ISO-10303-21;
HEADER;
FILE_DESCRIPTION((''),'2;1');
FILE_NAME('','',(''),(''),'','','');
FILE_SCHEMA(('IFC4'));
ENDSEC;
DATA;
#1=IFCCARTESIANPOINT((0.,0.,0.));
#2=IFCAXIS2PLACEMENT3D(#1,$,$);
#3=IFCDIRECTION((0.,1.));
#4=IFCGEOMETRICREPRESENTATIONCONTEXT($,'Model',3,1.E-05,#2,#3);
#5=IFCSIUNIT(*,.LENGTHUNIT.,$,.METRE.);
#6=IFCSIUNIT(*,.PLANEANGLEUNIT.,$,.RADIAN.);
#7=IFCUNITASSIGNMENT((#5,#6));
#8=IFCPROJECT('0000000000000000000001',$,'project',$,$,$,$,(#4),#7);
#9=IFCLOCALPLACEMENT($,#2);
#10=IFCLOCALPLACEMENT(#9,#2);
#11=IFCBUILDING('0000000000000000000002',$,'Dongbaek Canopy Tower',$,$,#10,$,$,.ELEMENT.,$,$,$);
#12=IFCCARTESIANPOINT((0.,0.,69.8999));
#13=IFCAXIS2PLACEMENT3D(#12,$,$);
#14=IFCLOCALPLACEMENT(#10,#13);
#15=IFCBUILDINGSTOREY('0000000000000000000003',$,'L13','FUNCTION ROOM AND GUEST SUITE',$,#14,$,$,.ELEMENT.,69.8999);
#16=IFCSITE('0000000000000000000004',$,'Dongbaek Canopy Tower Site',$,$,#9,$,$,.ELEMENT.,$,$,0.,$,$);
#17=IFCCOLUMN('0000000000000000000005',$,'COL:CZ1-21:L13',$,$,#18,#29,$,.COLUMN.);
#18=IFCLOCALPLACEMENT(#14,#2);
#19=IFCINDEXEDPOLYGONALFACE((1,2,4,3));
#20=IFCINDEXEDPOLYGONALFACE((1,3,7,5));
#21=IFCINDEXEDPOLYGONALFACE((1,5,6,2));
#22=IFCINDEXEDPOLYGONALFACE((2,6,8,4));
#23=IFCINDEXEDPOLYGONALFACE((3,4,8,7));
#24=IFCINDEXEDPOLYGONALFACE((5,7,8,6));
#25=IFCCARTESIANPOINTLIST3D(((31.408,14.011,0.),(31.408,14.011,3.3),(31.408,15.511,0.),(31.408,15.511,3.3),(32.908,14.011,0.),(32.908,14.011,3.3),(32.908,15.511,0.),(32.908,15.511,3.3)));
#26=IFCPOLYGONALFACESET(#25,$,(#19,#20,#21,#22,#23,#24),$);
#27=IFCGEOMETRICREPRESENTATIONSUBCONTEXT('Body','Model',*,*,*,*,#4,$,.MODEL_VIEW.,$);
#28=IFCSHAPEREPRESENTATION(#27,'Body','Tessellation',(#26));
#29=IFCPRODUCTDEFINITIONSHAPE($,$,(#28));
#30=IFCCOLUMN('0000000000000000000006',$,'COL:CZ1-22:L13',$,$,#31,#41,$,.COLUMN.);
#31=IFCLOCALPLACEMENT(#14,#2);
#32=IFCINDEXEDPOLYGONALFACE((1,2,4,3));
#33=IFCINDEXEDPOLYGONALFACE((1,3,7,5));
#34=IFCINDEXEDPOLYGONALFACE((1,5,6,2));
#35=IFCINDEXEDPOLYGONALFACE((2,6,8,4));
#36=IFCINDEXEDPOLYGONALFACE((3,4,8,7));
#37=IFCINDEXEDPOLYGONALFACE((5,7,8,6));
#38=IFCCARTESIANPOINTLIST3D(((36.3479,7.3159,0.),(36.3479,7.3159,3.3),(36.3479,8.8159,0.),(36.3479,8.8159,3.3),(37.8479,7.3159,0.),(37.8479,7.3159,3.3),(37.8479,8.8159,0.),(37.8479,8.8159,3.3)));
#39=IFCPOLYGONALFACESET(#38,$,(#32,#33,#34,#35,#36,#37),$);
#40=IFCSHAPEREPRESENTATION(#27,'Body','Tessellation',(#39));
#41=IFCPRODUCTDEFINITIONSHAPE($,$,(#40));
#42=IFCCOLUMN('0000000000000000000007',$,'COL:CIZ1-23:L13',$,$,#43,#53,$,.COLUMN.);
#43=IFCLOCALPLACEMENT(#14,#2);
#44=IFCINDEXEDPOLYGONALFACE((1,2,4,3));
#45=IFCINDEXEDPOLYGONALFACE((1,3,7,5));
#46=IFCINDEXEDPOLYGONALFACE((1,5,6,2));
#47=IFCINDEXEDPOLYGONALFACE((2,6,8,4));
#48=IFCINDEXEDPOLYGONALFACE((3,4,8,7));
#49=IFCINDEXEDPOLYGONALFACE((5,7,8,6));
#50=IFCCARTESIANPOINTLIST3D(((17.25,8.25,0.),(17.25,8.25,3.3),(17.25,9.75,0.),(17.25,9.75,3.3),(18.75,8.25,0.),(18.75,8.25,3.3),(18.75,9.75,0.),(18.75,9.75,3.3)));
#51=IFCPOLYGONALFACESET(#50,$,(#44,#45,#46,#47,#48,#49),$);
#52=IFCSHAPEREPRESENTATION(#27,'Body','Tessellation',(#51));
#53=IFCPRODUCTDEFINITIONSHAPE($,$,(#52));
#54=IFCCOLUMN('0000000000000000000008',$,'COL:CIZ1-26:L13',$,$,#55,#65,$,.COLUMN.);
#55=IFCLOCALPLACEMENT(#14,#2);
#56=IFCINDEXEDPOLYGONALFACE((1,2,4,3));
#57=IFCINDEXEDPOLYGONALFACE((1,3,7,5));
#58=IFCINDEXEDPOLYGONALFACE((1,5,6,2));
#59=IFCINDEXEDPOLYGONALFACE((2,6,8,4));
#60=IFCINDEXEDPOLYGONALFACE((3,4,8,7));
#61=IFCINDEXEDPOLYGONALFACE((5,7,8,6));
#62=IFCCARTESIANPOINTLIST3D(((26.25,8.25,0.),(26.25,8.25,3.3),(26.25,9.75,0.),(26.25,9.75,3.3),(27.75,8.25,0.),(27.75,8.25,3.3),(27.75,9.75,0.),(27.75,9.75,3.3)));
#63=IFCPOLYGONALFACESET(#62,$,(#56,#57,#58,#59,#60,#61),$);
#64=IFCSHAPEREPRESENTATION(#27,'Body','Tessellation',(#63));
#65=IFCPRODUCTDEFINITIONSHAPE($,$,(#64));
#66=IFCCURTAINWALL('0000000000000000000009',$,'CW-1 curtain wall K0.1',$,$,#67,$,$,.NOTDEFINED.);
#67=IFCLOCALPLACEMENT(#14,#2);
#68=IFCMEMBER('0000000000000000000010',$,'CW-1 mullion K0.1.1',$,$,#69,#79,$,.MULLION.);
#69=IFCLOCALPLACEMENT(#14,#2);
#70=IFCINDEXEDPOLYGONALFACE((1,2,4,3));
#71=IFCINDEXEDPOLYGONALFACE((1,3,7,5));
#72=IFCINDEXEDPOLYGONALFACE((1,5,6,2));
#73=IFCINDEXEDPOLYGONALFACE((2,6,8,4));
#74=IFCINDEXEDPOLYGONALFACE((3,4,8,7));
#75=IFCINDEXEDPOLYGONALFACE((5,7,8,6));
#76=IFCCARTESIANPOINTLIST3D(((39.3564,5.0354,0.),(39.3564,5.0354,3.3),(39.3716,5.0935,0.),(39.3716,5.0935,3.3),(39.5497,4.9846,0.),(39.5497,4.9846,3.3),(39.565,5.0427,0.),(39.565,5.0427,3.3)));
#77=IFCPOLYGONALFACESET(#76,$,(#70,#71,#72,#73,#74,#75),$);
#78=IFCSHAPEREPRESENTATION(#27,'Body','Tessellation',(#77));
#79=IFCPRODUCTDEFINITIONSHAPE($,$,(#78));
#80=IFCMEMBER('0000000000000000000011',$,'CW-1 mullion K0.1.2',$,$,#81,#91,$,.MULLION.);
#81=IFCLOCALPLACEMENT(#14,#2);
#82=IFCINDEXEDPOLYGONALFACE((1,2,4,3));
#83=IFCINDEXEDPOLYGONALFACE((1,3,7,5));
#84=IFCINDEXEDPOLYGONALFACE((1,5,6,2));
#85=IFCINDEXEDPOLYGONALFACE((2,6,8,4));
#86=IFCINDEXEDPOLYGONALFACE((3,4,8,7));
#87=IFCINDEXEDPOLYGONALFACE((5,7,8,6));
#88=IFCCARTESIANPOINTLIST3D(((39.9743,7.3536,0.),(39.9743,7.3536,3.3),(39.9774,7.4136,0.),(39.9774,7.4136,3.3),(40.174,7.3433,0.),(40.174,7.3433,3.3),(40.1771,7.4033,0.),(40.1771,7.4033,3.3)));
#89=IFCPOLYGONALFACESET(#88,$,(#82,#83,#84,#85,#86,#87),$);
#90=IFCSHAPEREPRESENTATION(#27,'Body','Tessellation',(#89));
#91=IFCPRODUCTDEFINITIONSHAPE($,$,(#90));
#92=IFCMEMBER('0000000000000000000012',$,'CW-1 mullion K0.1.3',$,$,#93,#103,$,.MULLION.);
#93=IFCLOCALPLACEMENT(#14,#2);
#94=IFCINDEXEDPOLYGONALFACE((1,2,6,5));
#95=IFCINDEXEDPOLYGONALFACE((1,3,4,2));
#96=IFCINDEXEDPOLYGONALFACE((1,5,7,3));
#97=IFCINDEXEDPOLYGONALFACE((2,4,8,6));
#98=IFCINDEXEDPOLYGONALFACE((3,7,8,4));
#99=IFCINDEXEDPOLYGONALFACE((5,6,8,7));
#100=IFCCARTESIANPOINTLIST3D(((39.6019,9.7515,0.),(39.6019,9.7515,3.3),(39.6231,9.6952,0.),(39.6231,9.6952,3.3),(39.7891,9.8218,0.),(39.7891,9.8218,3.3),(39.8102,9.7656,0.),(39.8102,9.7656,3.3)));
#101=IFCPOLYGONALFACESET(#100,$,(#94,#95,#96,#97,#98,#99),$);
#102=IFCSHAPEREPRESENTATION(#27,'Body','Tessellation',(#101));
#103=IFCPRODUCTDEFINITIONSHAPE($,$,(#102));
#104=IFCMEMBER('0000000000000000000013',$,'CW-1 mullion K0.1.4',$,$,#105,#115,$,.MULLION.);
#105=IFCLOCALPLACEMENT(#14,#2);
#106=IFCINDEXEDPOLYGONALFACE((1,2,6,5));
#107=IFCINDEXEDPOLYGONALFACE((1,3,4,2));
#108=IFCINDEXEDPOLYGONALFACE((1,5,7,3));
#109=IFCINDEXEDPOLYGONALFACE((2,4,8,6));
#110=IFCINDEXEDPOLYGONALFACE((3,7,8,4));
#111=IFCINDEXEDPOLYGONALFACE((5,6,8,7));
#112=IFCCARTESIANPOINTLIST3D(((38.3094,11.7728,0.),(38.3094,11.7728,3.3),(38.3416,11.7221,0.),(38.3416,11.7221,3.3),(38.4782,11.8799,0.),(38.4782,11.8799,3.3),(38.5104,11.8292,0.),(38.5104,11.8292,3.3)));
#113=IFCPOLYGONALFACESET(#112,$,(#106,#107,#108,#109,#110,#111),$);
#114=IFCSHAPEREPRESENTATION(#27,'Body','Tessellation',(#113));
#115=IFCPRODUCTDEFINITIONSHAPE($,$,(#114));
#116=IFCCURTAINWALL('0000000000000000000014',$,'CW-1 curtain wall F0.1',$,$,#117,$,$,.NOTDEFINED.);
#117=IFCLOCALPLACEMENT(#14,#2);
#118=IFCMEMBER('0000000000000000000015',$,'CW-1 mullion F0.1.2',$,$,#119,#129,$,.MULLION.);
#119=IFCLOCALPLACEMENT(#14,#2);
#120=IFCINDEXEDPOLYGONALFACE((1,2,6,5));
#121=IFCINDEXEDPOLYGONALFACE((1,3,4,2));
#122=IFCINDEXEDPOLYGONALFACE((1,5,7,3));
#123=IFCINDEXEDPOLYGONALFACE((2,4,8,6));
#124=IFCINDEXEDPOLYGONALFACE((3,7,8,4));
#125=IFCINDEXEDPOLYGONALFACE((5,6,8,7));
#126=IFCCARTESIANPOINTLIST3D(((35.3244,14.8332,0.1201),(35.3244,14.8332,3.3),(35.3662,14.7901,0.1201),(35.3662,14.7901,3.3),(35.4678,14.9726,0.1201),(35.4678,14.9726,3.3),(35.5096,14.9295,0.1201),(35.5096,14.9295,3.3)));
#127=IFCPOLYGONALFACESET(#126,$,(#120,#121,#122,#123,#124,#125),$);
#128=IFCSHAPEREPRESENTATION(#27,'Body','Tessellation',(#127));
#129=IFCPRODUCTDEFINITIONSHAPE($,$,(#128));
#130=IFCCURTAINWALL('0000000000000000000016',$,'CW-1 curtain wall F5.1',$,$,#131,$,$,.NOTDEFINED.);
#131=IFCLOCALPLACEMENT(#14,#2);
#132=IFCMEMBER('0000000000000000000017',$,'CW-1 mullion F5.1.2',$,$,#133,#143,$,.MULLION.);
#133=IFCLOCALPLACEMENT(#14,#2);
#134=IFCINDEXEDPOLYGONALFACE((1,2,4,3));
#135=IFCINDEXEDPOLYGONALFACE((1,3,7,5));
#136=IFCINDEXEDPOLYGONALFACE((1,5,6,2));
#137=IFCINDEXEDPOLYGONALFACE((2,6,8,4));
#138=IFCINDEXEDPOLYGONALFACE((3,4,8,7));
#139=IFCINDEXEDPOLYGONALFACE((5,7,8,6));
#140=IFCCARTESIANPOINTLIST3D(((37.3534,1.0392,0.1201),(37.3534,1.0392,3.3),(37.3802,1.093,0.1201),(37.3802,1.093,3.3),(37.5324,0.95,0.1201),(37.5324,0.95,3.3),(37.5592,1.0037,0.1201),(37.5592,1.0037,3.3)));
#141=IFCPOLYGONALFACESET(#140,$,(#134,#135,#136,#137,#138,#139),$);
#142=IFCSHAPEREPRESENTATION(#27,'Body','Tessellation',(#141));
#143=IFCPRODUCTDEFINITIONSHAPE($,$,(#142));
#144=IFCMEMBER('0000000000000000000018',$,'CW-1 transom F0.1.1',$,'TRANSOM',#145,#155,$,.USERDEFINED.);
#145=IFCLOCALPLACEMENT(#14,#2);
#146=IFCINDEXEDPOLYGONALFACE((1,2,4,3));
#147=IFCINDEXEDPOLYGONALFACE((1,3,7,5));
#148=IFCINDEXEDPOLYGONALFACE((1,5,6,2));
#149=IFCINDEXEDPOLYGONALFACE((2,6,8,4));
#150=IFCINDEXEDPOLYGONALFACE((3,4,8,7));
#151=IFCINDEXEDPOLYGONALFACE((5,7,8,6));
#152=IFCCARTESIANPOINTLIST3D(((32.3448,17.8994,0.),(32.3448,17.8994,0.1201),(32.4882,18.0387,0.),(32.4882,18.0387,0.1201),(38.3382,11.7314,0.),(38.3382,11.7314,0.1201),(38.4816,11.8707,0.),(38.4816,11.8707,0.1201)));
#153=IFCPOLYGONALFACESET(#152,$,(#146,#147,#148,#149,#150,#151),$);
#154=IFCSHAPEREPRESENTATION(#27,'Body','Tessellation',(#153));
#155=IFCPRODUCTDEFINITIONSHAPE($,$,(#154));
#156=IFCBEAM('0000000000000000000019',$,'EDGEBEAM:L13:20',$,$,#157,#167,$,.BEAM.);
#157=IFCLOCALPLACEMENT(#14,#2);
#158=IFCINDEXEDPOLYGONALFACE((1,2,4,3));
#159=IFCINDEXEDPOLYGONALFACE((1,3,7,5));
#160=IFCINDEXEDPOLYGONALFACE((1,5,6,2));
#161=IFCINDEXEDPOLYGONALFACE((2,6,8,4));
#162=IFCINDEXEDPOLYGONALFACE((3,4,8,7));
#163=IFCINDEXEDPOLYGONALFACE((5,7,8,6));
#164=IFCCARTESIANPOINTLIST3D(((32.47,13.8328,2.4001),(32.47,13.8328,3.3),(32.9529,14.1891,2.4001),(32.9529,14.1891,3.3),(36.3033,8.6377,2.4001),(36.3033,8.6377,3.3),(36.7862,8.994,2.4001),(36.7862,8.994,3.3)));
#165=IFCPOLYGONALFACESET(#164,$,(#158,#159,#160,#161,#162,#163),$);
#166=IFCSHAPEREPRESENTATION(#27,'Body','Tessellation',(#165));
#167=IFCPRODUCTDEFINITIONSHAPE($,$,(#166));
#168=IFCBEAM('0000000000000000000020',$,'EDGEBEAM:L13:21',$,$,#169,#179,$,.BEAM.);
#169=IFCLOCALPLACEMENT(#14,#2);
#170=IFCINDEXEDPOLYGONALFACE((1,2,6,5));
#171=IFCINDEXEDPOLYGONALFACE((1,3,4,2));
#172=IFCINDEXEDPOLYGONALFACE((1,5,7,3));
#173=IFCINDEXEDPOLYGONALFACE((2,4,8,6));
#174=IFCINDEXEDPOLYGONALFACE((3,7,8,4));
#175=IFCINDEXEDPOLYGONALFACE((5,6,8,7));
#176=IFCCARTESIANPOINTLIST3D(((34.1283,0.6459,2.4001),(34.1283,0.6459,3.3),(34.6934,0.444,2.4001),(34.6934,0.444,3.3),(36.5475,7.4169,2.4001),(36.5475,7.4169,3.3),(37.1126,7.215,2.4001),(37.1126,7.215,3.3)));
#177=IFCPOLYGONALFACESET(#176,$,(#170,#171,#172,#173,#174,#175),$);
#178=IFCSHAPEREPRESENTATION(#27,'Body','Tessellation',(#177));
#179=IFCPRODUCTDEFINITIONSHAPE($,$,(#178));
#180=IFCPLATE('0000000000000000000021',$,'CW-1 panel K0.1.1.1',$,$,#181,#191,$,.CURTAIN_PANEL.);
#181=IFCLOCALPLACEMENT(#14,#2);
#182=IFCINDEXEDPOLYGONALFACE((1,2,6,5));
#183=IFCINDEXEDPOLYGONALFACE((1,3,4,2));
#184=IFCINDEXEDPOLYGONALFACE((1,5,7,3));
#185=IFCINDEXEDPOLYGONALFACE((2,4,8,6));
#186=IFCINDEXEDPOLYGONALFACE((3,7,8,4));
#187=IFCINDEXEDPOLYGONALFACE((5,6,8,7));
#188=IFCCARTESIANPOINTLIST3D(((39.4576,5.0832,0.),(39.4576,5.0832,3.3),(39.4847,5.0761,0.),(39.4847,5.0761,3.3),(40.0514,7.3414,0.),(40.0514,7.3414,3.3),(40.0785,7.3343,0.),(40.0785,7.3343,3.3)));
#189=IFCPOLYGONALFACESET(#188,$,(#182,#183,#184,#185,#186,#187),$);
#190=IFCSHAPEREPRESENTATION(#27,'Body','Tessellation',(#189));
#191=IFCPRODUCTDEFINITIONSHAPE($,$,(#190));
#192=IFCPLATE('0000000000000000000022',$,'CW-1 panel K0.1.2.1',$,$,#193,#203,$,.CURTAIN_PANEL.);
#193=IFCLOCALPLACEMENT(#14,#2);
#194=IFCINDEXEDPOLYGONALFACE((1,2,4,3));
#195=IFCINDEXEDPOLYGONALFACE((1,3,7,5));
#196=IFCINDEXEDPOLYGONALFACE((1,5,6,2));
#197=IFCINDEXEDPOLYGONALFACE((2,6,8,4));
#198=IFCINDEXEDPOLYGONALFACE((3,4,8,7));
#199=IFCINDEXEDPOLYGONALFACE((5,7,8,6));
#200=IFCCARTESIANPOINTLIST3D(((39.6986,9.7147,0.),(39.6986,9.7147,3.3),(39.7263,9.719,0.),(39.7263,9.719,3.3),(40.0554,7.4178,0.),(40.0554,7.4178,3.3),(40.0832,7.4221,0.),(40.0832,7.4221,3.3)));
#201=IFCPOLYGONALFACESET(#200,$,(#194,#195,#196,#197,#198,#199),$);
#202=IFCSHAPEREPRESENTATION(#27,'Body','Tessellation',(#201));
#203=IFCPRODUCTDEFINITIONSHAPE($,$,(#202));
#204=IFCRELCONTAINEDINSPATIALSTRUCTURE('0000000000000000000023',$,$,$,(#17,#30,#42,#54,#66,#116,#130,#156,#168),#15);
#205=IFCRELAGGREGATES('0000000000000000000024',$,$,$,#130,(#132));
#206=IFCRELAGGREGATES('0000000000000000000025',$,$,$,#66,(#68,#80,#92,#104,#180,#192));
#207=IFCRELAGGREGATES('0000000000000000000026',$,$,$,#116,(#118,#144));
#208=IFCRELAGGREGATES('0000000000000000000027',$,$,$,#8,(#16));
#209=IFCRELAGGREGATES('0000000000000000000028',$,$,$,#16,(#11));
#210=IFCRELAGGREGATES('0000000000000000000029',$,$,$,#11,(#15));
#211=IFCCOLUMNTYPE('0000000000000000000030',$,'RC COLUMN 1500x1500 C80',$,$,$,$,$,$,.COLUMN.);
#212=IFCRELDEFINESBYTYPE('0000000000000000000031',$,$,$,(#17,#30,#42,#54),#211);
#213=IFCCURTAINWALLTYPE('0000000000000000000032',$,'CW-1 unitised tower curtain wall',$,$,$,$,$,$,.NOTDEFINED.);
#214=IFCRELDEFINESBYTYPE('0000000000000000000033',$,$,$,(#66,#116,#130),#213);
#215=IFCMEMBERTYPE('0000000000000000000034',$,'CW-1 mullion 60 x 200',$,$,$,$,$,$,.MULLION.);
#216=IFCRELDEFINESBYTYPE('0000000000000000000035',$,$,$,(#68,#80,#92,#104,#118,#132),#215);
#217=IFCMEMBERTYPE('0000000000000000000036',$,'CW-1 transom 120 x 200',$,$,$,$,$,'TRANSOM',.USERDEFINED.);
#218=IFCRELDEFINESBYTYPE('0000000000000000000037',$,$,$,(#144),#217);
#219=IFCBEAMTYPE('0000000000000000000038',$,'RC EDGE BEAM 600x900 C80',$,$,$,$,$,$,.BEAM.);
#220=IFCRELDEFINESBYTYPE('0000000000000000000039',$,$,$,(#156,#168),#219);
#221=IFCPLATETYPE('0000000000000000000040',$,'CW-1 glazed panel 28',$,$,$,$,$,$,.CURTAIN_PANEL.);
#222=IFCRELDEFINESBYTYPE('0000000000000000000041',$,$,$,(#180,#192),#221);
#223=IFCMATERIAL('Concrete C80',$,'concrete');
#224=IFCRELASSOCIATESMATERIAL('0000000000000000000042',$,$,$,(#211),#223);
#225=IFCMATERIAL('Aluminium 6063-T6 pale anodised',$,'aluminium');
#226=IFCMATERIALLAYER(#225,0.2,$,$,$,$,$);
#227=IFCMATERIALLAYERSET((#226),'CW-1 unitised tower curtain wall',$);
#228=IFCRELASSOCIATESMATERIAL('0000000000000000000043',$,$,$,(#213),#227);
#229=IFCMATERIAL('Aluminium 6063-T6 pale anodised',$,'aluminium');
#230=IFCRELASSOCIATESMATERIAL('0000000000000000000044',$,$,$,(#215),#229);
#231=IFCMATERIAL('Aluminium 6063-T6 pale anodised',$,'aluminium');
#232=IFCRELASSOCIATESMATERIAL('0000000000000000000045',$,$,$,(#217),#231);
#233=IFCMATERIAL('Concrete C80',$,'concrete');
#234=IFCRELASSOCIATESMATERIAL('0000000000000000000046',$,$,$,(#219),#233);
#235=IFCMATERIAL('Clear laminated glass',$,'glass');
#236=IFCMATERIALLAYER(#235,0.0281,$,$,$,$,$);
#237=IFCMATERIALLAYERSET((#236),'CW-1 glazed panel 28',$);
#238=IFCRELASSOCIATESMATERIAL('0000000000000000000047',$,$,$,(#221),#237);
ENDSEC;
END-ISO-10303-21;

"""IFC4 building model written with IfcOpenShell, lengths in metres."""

from ifc_helpers import new_model, si_unit, direction, frame, origin, origin_2d, place, context, subcontext, project, spatial, rectangle, extrude, material, layer, layer_set, material_profile, profile_set, type_object, element, aggregate, save


model = new_model("IFC4")

# Units and contexts
model_context = context("Model", 3, precision=1e-05, world=origin(), true_north=direction((0.0, 1.0)))
body_context = subcontext(model_context, "Body", "Model", "MODEL_VIEW")
ifc_project = project(units=[si_unit("LENGTHUNIT", "METRE"), si_unit("PLANEANGLEUNIT", "RADIAN")], contexts=[model_context])

# Site, building, storey
site_placement = place(None, origin())
site = spatial("IfcSite", under=ifc_project, at=site_placement, Name="Dongbaek Canopy Tower Site", CompositionType="ELEMENT", RefElevation=0.0)
building_placement = place(site_placement, origin())
building = spatial("IfcBuilding", under=site, at=building_placement, Name="Dongbaek Canopy Tower", CompositionType="ELEMENT")
storey_placement = place(building_placement, frame((0.0, 0.0, 69.8999)))
storey = spatial("IfcBuildingStorey", under=building, at=storey_placement, Name="L13", Description="FUNCTION ROOM AND GUEST SUITE", CompositionType="ELEMENT", Elevation=69.8999)

# Columns
ifc_material_1 = material(Name="Concrete C80", Category="concrete")
ifc_material_profile_1 = material_profile(ifc_material_1, rectangle(XDim=1.5, YDim=1.5, at=origin_2d()), Name="RC COLUMN 1500x1500 C80")
ifc_profile_set_1 = profile_set([ifc_material_profile_1], Name="Concrete C80")
column_type = type_object("IfcColumnType", Name="RC COLUMN 1500x1500 C80", PredefinedType="COLUMN", material=ifc_profile_set_1)
for number, where, z_axis, x_axis, name in (
    (1, (32.158, 14.761, 0.0), (0.0, 0.0, 1.0), (1.0, 0.0, 0.0), "COL:CZ1-21:L13"),
    (2, (37.0979, 8.0659, 0.0), (0.0, 0.0, 1.0), (1.0, 0.0, 0.0), "COL:CZ1-22:L13"),
    (3, (18.0, 9.0, 0.0), (0.0, 0.0, 1.0), (1.0, 0.0, 0.0), "COL:CIZ1-23:L13"),
    (4, (27.0, 9.0, 0.0), (0.0, 0.0, 1.0), (1.0, 0.0, 0.0), "COL:CIZ1-26:L13"),
):
    element("IfcColumn", number, at=place(storey_placement, frame(where, z_axis=z_axis, x_axis=x_axis)), inside=storey, type_object=column_type, Name=name, PredefinedType="COLUMN", context=body_context, shape_type="SweptSolid", body=[
        extrude(rectangle(XDim=1.5, YDim=1.5, at=origin_2d()), origin(), (0.0, 0.0, 1.0), 3.3),
    ])

# Curtain wall, members
ifc_material_2 = material(Name="Aluminium 6063-T6 pale anodised", Category="aluminium")
ifc_layer_1 = layer(ifc_material_2, 0.2)
ifc_layer_set_1 = layer_set([ifc_layer_1], Name="CW-1 unitised tower curtain wall")
curtain_wall_type = type_object("IfcCurtainWallType", Name="CW-1 unitised tower curtain wall", PredefinedType="NOTDEFINED", material=ifc_layer_set_1)
curtain_wall_1_placement = place(storey_placement, origin())
curtain_wall_1 = element("IfcCurtainWall", 5, at=curtain_wall_1_placement, inside=storey, type_object=curtain_wall_type, Name="CW-1 curtain wall K0.1", PredefinedType="NOTDEFINED")
ifc_material_3 = material(Name="Aluminium 6063-T6 pale anodised", Category="aluminium")
ifc_material_profile_2 = material_profile(ifc_material_3, rectangle(XDim=0.2, YDim=0.0601, at=origin_2d()), Name="CW-1 mullion 60 x 200")
ifc_profile_set_2 = profile_set([ifc_material_profile_2], Name="Aluminium 6063-T6 pale anodised")
member_type_1 = type_object("IfcMemberType", Name="CW-1 mullion 60 x 200", PredefinedType="MULLION", material=ifc_profile_set_2)
member_1_placement = place(storey_placement, frame((39.4607, 5.0391, 0.0), z_axis=(0.0, 0.0, 1.0), x_axis=(0.967124, -0.254304, 0.0)))
member_1 = element("IfcMember", 6, at=member_1_placement, type_object=member_type_1, Name="CW-1 mullion K0.1.1", PredefinedType="MULLION", context=body_context, shape_type="SweptSolid", body=[
    extrude(rectangle(XDim=0.2, YDim=0.0601, at=origin_2d()), origin(), (0.0, 0.0, 1.0), 3.3),
])
member_2_placement = place(storey_placement, frame((40.0757, 7.3784, 0.0), z_axis=(0.0, 0.0, 1.0), x_axis=(0.998674, -0.051471, 0.0)))
member_2 = element("IfcMember", 7, at=member_2_placement, type_object=member_type_1, Name="CW-1 mullion K0.1.2", PredefinedType="MULLION", context=body_context, shape_type="SweptSolid", body=[
    extrude(rectangle(XDim=0.2, YDim=0.0601, at=origin_2d()), origin(), (0.0, 0.0, 1.0), 3.3),
])
member_3_placement = place(storey_placement, frame((39.7061, 9.7585, 0.0), z_axis=(0.0, 0.0, 1.0), x_axis=(0.935977, 0.352062, 0.0)))
member_3 = element("IfcMember", 8, at=member_3_placement, type_object=member_type_1, Name="CW-1 mullion K0.1.3", PredefinedType="MULLION", context=body_context, shape_type="SweptSolid", body=[
    extrude(rectangle(XDim=0.2, YDim=0.0601, at=origin_2d()), origin(), (0.0, 0.0, 1.0), 3.3),
])
member_4_placement = place(storey_placement, frame((38.4099, 11.801, 0.0), z_axis=(0.0, 0.0, 1.0), x_axis=(0.844371, 0.535759, 0.0)))
member_4 = element("IfcMember", 9, at=member_4_placement, type_object=member_type_1, Name="CW-1 mullion K0.1.4", PredefinedType="MULLION", context=body_context, shape_type="SweptSolid", body=[
    extrude(rectangle(XDim=0.2, YDim=0.0601, at=origin_2d()), origin(), (0.0, 0.0, 1.0), 3.3),
])

# Curtain walls, members
curtain_wall_2_placement = place(storey_placement, origin())
curtain_wall_2 = element("IfcCurtainWall", 10, at=curtain_wall_2_placement, inside=storey, type_object=curtain_wall_type, Name="CW-1 curtain wall F0.1", PredefinedType="NOTDEFINED")
member_5_placement = place(storey_placement, frame((35.417, 14.8813, 0.1201), z_axis=(0.0, 0.0, 1.0), x_axis=(0.717186, 0.696882, 0.0)))
member_5 = element("IfcMember", 11, at=member_5_placement, type_object=member_type_1, Name="CW-1 mullion F0.1.2", PredefinedType="MULLION", context=body_context, shape_type="SweptSolid", body=[
    extrude(rectangle(XDim=0.2, YDim=0.0601, at=origin_2d()), origin(), (0.0, 0.0, 1.0), 3.1799),
])
curtain_wall_3_placement = place(storey_placement, origin())
curtain_wall_3 = element("IfcCurtainWall", 12, at=curtain_wall_3_placement, inside=storey, type_object=curtain_wall_type, Name="CW-1 curtain wall F5.1", PredefinedType="NOTDEFINED")
member_6_placement = place(storey_placement, frame((37.4563, 1.0215, 0.1201), z_axis=(0.0, 0.0, 1.0), x_axis=(0.894823, -0.44642, 0.0)))
member_6 = element("IfcMember", 13, at=member_6_placement, type_object=member_type_1, Name="CW-1 mullion F5.1.2", PredefinedType="MULLION", context=body_context, shape_type="SweptSolid", body=[
    extrude(rectangle(XDim=0.2, YDim=0.0601, at=origin_2d()), origin(), (0.0, 0.0, 1.0), 3.1799),
])

# Member
ifc_material_4 = material(Name="Aluminium 6063-T6 pale anodised", Category="aluminium")
ifc_material_profile_3 = material_profile(ifc_material_4, rectangle(XDim=0.2, YDim=0.1201, at=origin_2d()), Name="CW-1 transom 120 x 200")
ifc_profile_set_3 = profile_set([ifc_material_profile_3], Name="Aluminium 6063-T6 pale anodised")
member_type_2 = type_object("IfcMemberType", Name="CW-1 transom 120 x 200", ElementType="TRANSOM", PredefinedType="USERDEFINED", material=ifc_profile_set_3)
member_7_placement = place(storey_placement, frame((38.4099, 11.801, 0.0601), z_axis=(-0.696885, 0.717182, 0.0), x_axis=(-0.717182, -0.696885, 0.0)))
member_7 = element("IfcMember", 14, at=member_7_placement, type_object=member_type_2, Name="CW-1 transom F0.1.1", ObjectType="TRANSOM", PredefinedType="USERDEFINED", context=body_context, shape_type="SweptSolid", body=[
    extrude(rectangle(XDim=0.2, YDim=0.1201, at=origin_2d()), origin(), (0.0, 0.0, 1.0), 8.6003),
])

# Beams
ifc_material_5 = material(Name="Concrete C80", Category="concrete")
ifc_material_profile_4 = material_profile(ifc_material_5, rectangle(XDim=0.6001, YDim=0.8999, at=origin_2d()), Name="RC EDGE BEAM 600x900 C80")
ifc_profile_set_4 = profile_set([ifc_material_profile_4], Name="Concrete C80")
beam_type = type_object("IfcBeamType", Name="RC EDGE BEAM 600x900 C80", PredefinedType="BEAM", material=ifc_profile_set_4)
beam_1_placement = place(storey_placement, frame((32.7114, 14.011, 2.8501), z_axis=(0.593732, -0.804663, 0.0), x_axis=(0.804663, 0.593732, 0.0)))
element("IfcBeam", 15, at=beam_1_placement, inside=storey, type_object=beam_type, Name="EDGEBEAM:L13:20", PredefinedType="BEAM", context=body_context, shape_type="SweptSolid", body=[
    extrude(rectangle(XDim=0.6001, YDim=0.8999, at=origin_2d()), origin(), (0.0, 0.0, 1.0), 6.4563),
])
beam_2_placement = place(storey_placement, frame((36.8301, 7.3159, 2.8501), z_axis=(-0.336457, -0.941699, 0.0), x_axis=(0.941699, -0.336457, 0.0)))
element("IfcBeam", 16, at=beam_2_placement, inside=storey, type_object=beam_type, Name="EDGEBEAM:L13:21", PredefinedType="BEAM", context=body_context, shape_type="SweptSolid", body=[
    extrude(rectangle(XDim=0.6001, YDim=0.8999, at=origin_2d()), origin(), (0.0, 0.0, 1.0), 7.1902),
])

# Plates
ifc_material_6 = material(Name="Clear laminated glass", Category="glass")
ifc_layer_2 = layer(ifc_material_6, 0.0281)
ifc_layer_set_2 = layer_set([ifc_layer_2], Name="CW-1 glazed panel 28")
plate_type = type_object("IfcPlateType", Name="CW-1 glazed panel 28", PredefinedType="CURTAIN_PANEL", material=ifc_layer_set_2)
plate_1_placement = place(storey_placement, frame((39.7681, 6.2087, 0.0), z_axis=(0.0, 0.0, 1.0), x_axis=(0.254304, 0.967124, 0.0)))
plate_1 = element("IfcPlate", 17, at=plate_1_placement, type_object=plate_type, Name="CW-1 panel K0.1.1.1", PredefinedType="CURTAIN_PANEL", context=body_context, shape_type="SweptSolid", body=[
    extrude(rectangle(XDim=2.335, YDim=0.0281, at=origin_2d()), origin(), (0.0, 0.0, 1.0), 3.3),
])
plate_2_placement = place(storey_placement, frame((39.8909, 8.5684, 0.0), z_axis=(0.0, 0.0, 1.0), x_axis=(-0.15353, 0.988144, 0.0)))
plate_2 = element("IfcPlate", 18, at=plate_2_placement, type_object=plate_type, Name="CW-1 panel K0.1.2.1", PredefinedType="CURTAIN_PANEL", context=body_context, shape_type="SweptSolid", body=[
    extrude(rectangle(XDim=2.3245, YDim=0.0281, at=origin_2d()), origin(), (0.0, 0.0, 1.0), 3.3),
])

aggregate(curtain_wall_3, [member_6])
aggregate(curtain_wall_1, [member_1, member_2, member_3, member_4, plate_1, plate_2])
aggregate(curtain_wall_2, [member_5, member_7])

save(model, "model.ifc")
